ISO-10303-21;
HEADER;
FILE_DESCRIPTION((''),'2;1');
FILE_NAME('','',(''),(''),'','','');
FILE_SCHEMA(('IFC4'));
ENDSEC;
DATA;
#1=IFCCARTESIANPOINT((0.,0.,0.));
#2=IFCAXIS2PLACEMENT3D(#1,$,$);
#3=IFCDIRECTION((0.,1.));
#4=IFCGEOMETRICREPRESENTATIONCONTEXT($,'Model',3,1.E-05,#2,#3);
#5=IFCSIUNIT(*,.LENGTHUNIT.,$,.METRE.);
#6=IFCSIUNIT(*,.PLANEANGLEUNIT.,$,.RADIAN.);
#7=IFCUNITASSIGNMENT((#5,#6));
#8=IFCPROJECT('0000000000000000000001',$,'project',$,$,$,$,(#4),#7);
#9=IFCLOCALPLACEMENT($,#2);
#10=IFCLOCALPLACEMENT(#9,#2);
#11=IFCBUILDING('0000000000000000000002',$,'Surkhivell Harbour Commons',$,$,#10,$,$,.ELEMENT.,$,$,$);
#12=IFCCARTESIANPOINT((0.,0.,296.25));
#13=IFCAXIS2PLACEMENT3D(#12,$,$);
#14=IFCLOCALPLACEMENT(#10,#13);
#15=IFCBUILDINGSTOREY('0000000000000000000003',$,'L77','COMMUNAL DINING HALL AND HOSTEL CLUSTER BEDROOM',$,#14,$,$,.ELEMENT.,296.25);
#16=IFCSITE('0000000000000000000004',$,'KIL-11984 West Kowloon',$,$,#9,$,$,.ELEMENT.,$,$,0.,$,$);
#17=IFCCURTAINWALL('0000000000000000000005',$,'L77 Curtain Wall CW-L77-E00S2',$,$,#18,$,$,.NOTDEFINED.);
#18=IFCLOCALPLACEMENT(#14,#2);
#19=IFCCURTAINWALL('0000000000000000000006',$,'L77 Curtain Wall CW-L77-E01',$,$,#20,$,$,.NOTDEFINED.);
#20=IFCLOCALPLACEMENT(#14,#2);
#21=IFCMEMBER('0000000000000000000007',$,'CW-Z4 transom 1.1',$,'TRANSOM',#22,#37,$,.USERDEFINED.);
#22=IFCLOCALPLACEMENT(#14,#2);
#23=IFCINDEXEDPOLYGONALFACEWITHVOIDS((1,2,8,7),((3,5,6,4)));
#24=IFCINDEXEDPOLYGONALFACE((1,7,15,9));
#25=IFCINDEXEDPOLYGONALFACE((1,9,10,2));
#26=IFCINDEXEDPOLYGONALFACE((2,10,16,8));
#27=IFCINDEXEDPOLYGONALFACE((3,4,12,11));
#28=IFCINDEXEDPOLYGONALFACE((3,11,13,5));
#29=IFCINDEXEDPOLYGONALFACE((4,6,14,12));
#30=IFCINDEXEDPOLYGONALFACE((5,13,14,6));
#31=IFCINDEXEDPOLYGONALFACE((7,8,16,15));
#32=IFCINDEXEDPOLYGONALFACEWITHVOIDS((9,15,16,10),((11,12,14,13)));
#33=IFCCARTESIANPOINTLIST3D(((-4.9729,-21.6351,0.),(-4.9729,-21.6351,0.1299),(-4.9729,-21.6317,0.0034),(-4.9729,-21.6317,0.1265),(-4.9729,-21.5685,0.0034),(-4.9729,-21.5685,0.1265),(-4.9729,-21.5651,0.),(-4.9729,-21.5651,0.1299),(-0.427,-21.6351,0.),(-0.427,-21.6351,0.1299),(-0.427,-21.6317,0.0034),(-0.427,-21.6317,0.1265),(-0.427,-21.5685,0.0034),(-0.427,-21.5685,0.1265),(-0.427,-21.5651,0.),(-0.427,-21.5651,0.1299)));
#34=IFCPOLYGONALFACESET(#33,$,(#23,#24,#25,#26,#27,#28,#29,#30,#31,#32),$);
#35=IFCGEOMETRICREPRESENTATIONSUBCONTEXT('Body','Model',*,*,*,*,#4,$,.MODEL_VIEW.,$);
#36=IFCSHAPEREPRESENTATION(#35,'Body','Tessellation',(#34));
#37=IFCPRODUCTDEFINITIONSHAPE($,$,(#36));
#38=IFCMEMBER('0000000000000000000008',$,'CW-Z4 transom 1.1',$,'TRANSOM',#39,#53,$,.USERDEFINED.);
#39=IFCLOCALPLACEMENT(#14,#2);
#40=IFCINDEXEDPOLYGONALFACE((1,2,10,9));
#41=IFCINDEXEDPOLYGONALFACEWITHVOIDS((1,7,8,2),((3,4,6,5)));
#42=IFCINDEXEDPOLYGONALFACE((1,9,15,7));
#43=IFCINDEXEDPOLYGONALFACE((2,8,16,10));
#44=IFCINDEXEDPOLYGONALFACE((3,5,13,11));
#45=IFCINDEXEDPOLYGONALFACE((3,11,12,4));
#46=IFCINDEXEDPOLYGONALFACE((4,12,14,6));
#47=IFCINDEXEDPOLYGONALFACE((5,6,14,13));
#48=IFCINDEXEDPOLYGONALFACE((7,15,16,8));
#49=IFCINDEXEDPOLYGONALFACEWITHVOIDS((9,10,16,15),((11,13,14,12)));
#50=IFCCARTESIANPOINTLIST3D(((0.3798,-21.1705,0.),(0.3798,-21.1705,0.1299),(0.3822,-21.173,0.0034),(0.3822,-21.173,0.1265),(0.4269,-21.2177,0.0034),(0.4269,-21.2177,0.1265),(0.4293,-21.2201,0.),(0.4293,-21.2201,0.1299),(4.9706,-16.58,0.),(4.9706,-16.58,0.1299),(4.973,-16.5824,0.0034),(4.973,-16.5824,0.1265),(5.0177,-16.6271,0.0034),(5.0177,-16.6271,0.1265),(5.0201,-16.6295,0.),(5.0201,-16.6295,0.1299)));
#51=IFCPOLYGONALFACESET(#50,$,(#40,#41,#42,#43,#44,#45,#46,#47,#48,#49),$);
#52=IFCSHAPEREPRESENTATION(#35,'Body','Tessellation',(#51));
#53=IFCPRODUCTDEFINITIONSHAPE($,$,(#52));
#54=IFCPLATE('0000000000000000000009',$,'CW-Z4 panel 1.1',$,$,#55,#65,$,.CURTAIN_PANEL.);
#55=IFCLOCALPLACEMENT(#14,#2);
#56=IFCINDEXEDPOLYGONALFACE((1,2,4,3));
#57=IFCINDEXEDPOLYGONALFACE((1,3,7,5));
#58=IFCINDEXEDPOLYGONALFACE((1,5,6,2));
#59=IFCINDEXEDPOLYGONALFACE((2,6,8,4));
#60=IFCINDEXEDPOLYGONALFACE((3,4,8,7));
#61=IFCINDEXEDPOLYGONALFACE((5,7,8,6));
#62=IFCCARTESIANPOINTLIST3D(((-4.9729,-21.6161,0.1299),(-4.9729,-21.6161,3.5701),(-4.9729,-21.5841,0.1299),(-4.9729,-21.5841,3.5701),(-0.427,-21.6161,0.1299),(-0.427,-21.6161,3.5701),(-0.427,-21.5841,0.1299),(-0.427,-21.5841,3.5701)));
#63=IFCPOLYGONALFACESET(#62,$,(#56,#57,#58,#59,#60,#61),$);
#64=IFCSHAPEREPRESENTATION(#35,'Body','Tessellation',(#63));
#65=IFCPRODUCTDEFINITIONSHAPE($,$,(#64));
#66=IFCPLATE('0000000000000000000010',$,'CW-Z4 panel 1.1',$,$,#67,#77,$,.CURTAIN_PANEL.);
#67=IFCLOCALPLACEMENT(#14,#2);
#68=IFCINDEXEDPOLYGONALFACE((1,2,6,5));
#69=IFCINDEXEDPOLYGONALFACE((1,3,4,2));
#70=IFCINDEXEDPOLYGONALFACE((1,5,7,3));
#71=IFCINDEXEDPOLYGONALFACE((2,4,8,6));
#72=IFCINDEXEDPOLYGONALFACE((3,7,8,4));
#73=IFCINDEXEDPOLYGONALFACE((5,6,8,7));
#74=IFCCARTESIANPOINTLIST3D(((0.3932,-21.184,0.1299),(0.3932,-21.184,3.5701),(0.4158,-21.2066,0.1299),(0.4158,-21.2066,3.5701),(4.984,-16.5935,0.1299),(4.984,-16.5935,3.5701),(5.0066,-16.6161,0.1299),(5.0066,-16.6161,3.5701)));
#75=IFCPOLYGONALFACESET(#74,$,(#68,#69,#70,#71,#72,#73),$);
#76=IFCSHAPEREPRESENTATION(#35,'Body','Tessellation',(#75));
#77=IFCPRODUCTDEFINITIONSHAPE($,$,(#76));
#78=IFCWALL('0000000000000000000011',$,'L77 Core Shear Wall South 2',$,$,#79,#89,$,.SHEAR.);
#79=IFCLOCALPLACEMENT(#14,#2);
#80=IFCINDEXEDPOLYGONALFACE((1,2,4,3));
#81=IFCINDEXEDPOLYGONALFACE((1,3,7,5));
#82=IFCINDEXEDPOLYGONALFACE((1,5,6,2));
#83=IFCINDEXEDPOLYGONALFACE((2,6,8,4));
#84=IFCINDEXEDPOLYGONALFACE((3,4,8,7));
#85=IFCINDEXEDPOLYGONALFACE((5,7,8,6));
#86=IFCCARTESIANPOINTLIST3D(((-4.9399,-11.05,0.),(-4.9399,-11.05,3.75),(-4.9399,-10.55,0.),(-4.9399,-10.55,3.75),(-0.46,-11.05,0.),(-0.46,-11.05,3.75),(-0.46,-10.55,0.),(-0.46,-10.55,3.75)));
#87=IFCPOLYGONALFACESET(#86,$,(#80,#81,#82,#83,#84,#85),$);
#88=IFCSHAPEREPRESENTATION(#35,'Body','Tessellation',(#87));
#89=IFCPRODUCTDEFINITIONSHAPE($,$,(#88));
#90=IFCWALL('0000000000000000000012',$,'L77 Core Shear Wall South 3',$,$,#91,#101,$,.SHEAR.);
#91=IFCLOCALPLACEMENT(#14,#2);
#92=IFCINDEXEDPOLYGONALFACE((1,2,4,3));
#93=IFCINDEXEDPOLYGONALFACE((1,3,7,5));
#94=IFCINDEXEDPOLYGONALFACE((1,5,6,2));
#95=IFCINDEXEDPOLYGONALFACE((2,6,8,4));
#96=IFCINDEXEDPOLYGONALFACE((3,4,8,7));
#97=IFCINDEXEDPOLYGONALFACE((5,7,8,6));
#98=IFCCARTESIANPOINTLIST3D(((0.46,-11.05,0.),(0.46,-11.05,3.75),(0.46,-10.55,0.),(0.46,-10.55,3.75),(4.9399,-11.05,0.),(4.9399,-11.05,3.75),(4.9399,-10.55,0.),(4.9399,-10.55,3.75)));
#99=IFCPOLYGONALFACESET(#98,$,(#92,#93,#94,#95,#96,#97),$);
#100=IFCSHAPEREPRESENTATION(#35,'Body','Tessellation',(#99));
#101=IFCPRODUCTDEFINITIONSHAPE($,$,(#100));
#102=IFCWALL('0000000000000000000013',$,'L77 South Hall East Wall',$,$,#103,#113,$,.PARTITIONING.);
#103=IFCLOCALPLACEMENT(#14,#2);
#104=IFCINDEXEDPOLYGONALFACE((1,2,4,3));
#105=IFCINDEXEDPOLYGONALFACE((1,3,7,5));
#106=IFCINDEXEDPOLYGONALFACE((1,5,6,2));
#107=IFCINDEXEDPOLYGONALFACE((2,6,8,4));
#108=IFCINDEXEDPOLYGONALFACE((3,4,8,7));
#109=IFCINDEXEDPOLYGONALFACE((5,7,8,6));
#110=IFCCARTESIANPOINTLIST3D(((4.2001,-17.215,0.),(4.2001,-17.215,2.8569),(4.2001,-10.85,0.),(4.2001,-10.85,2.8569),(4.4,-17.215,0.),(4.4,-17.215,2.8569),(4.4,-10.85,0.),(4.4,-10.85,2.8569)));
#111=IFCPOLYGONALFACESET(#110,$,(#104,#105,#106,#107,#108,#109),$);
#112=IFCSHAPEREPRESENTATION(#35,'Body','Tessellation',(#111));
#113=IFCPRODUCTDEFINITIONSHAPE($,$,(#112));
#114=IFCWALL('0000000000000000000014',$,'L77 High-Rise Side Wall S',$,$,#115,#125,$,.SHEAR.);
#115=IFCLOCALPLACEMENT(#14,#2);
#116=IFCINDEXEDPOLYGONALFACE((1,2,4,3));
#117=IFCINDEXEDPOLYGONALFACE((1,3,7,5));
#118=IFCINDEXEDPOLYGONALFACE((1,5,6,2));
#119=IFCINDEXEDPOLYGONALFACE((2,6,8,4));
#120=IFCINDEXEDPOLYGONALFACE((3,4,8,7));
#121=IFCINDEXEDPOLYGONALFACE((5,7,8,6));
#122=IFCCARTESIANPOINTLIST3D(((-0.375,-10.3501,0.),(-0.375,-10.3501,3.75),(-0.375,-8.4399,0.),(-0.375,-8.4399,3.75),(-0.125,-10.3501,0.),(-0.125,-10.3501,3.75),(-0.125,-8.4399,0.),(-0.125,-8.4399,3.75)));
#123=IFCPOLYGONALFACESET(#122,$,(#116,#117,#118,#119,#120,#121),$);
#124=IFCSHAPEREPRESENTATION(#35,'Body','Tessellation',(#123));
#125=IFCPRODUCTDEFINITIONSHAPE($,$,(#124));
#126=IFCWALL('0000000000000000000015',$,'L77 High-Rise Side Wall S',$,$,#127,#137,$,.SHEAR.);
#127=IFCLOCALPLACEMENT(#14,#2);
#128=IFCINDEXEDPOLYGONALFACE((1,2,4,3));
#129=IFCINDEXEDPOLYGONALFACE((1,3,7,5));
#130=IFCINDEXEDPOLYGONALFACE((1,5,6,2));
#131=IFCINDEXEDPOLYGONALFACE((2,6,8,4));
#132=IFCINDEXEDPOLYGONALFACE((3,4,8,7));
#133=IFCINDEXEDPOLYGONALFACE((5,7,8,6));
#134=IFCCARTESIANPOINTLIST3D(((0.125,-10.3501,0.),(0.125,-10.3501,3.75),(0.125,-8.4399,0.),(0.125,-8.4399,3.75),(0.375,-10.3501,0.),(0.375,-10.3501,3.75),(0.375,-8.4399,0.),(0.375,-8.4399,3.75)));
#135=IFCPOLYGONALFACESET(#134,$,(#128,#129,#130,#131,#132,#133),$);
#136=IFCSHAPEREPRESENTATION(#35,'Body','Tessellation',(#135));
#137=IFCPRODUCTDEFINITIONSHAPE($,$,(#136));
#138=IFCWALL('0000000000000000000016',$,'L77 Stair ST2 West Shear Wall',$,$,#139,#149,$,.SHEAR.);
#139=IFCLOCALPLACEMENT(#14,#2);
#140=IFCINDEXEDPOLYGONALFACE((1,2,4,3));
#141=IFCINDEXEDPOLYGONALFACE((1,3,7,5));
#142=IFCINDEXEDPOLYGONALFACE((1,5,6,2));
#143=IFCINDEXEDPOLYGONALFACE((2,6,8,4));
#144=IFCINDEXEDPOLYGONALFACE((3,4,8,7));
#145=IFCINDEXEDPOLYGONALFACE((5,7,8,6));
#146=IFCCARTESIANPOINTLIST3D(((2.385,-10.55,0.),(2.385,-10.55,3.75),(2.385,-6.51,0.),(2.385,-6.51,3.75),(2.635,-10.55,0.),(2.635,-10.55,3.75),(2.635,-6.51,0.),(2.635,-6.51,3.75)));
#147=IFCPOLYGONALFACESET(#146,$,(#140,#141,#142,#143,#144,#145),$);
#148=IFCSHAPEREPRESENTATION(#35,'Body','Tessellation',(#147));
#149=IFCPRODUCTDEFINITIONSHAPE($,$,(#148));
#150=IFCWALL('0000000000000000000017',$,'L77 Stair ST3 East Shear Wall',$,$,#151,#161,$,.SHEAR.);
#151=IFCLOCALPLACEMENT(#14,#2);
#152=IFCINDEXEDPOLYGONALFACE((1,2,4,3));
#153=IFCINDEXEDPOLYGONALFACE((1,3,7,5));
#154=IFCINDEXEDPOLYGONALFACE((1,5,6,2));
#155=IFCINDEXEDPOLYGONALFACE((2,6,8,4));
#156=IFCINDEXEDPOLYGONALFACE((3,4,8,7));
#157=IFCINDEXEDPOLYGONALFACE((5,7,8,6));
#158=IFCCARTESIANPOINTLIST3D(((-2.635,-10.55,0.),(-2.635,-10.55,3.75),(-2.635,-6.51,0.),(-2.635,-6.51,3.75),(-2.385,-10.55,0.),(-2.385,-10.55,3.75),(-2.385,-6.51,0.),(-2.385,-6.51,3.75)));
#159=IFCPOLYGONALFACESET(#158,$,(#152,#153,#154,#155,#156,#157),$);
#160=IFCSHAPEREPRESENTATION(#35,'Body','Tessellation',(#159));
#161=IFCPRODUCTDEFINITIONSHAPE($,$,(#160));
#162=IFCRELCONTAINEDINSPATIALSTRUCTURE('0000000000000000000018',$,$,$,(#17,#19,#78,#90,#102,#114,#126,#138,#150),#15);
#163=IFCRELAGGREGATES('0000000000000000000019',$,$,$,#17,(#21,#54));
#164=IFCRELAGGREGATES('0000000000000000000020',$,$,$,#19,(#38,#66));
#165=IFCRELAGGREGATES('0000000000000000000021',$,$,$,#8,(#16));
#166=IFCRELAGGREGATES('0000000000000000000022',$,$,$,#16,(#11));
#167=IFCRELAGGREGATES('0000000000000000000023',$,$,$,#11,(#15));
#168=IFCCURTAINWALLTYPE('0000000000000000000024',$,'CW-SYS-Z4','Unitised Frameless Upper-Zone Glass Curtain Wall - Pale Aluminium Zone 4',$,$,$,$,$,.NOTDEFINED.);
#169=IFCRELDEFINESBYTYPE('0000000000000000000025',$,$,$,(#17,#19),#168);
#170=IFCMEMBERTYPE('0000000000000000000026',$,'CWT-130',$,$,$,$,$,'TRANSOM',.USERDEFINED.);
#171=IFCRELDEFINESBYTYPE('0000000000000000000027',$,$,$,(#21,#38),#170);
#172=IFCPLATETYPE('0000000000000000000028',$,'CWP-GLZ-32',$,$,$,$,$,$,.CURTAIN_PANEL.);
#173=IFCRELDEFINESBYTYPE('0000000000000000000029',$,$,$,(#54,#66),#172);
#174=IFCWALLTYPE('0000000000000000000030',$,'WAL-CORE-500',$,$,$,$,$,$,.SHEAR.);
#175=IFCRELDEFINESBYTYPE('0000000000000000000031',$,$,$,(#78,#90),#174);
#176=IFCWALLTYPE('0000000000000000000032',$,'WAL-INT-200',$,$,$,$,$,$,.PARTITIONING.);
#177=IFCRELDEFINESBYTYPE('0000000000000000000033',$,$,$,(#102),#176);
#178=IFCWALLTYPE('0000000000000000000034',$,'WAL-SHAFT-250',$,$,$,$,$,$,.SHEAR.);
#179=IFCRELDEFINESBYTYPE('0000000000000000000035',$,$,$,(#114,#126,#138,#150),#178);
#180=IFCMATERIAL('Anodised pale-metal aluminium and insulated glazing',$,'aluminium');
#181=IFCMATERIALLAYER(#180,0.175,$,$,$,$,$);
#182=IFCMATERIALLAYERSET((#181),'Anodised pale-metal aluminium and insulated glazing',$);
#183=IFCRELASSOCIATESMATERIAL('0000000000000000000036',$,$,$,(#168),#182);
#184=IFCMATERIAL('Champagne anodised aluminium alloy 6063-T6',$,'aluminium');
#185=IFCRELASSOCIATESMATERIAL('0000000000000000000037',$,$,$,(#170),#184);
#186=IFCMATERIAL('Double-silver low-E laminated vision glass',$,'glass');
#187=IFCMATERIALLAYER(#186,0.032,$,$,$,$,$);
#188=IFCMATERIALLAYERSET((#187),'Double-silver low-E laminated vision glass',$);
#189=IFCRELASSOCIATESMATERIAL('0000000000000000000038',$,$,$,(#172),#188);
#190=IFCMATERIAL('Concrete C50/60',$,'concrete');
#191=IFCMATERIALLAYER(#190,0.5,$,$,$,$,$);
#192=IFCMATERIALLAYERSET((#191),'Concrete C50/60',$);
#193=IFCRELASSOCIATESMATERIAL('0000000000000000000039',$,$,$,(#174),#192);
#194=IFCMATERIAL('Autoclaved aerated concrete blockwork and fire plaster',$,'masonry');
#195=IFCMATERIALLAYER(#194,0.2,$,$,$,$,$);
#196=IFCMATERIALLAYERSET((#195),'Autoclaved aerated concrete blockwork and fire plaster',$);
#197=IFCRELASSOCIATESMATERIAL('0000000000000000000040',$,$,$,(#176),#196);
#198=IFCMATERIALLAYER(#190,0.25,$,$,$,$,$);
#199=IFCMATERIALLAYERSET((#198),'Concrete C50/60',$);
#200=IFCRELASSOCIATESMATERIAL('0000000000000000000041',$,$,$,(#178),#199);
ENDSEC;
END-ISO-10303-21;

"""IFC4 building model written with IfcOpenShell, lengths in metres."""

from ifc_helpers import new_model, si_unit, direction, frame, frame_2d, origin, origin_2d, place, context, subcontext, project, spatial, rectangle, hollow_rectangle, extrude, material, layer, layer_set, material_profile, profile_set, type_object, element, aggregate, save


model = new_model("IFC4")

# Units and contexts
model_context = context("Model", 3, precision=1e-05, world=origin(), true_north=direction((0.0, 1.0)))
body_context = subcontext(model_context, "Body", "Model", "MODEL_VIEW")
ifc_project = project(units=[si_unit("LENGTHUNIT", "METRE"), si_unit("PLANEANGLEUNIT", "RADIAN")], contexts=[model_context])

# Site, building, storey
site_placement = place(None, origin())
site = spatial("IfcSite", under=ifc_project, at=site_placement, Name="KIL-11984 West Kowloon", CompositionType="ELEMENT", RefElevation=0.0)
building_placement = place(site_placement, origin())
building = spatial("IfcBuilding", under=site, at=building_placement, Name="Surkhivell Harbour Commons", CompositionType="ELEMENT")
storey_placement = place(building_placement, frame((0.0, 0.0, 296.25)))
storey = spatial("IfcBuildingStorey", under=building, at=storey_placement, Name="L77", Description="COMMUNAL DINING HALL AND HOSTEL CLUSTER BEDROOM", CompositionType="ELEMENT", Elevation=296.25)

# Shared definitions
ifc_material_1 = material(Name="Concrete C50/60", Category="concrete")

# Curtain wall
ifc_material_2 = material(Name="Anodised pale-metal aluminium and insulated glazing", Category="aluminium")
ifc_layer_1 = layer(ifc_material_2, 0.175)
ifc_layer_set_1 = layer_set([ifc_layer_1], Name="Anodised pale-metal aluminium and insulated glazing")
curtain_wall_type = type_object("IfcCurtainWallType", Name="CW-SYS-Z4", Description="Unitised Frameless Upper-Zone Glass Curtain Wall - Pale Aluminium Zone 4", PredefinedType="NOTDEFINED", material=ifc_layer_set_1)
curtain_wall_1_placement = place(storey_placement, origin())
curtain_wall_1 = element("IfcCurtainWall", 1, at=curtain_wall_1_placement, inside=storey, type_object=curtain_wall_type, Name="L77 Curtain Wall CW-L77-E00S2", PredefinedType="NOTDEFINED")

# Curtain wall
curtain_wall_2_placement = place(storey_placement, origin())
curtain_wall_2 = element("IfcCurtainWall", 2, at=curtain_wall_2_placement, inside=storey, type_object=curtain_wall_type, Name="L77 Curtain Wall CW-L77-E01", PredefinedType="NOTDEFINED")

# Members
ifc_material_3 = material(Name="Champagne anodised aluminium alloy 6063-T6", Category="aluminium")
ifc_material_profile_1 = material_profile(ifc_material_3, hollow_rectangle(XDim=0.0701, YDim=0.1299, WallThickness=0.0034, at=origin_2d()), Name="ALU-TRAN-70x130")
ifc_profile_set_1 = profile_set([ifc_material_profile_1], Name="Champagne anodised aluminium alloy 6063-T6")
member_type_1 = type_object("IfcMemberType", Name="CWT-130", ElementType="TRANSOM", PredefinedType="USERDEFINED", material=ifc_profile_set_1)
member_1_placement = place(storey_placement, frame((-4.9729, -21.6001, 0.0649), z_axis=(1.0, 0.0, 0.0), x_axis=(0.0, 1.0, 0.0)))
member_1 = element("IfcMember", 3, at=member_1_placement, type_object=member_type_1, Name="CW-Z4 transom 1.1", ObjectType="TRANSOM", PredefinedType="USERDEFINED", context=body_context, shape_type="SweptSolid", body=[
    extrude(hollow_rectangle(XDim=0.0701, YDim=0.1299, WallThickness=0.0034, at=origin_2d()), origin(), (0.0, 0.0, 1.0), 4.5459),
])
member_2_placement = place(storey_placement, frame((0.4045, -21.1953, 0.0649), z_axis=(0.707126, 0.707088, 0.0), x_axis=(-0.707088, 0.707126, 0.0)))
member_2 = element("IfcMember", 4, at=member_2_placement, type_object=member_type_1, Name="CW-Z4 transom 1.1", ObjectType="TRANSOM", PredefinedType="USERDEFINED", context=body_context, shape_type="SweptSolid", body=[
    extrude(hollow_rectangle(XDim=0.0701, YDim=0.1299, WallThickness=0.0034, at=origin_2d()), origin(), (0.0, 0.0, 1.0), 6.4922),
])

# Plates
ifc_material_4 = material(Name="Double-silver low-E laminated vision glass", Category="glass")
ifc_layer_2 = layer(ifc_material_4, 0.032)
ifc_layer_set_2 = layer_set([ifc_layer_2], Name="Double-silver low-E laminated vision glass")
plate_type = type_object("IfcPlateType", Name="CWP-GLZ-32", PredefinedType="CURTAIN_PANEL", material=ifc_layer_set_2)
plate_1_placement = place(storey_placement, frame((-4.9729, -21.6001, 0.1299), z_axis=(0.0, 0.0, 1.0), x_axis=(1.0, 0.0, 0.0)))
plate_1 = element("IfcPlate", 5, at=plate_1_placement, type_object=plate_type, Name="CW-Z4 panel 1.1", PredefinedType="CURTAIN_PANEL", context=body_context, shape_type="SweptSolid", body=[
    extrude(rectangle(XDim=4.5459, YDim=0.032, at=frame_2d((2.2729, 0.0))), origin(), (0.0, 0.0, 1.0), 3.4402),
])
aggregate(curtain_wall_1, [member_1, plate_1])
plate_2_placement = place(storey_placement, frame((0.4045, -21.1953, 0.1299), z_axis=(0.0, 0.0, 1.0), x_axis=(0.707126, 0.707088, 0.0)))
plate_2 = element("IfcPlate", 6, at=plate_2_placement, type_object=plate_type, Name="CW-Z4 panel 1.1", PredefinedType="CURTAIN_PANEL", context=body_context, shape_type="SweptSolid", body=[
    extrude(rectangle(XDim=6.4922, YDim=0.032, at=frame_2d((3.2461, 0.0))), origin(), (0.0, 0.0, 1.0), 3.4402),
])
aggregate(curtain_wall_2, [member_2, plate_2])

# Walls
ifc_layer_3 = layer(ifc_material_1, 0.5)
ifc_layer_set_3 = layer_set([ifc_layer_3], Name="Concrete C50/60")
wall_type_1 = type_object("IfcWallType", Name="WAL-CORE-500", PredefinedType="SHEAR", material=ifc_layer_set_3)
for number, where, z_axis, x_axis, name in (
    (7, (-4.9399, -10.8, 0.0), (0.0, 0.0, 1.0), (1.0, 0.0, 0.0), "L77 Core Shear Wall South 2"),
    (8, (0.46, -10.8, 0.0), (0.0, 0.0, 1.0), (1.0, 0.0, 0.0), "L77 Core Shear Wall South 3"),
):
    element("IfcWall", number, at=place(storey_placement, frame(where, z_axis=z_axis, x_axis=x_axis)), inside=storey, type_object=wall_type_1, Name=name, PredefinedType="SHEAR", context=body_context, shape_type="SweptSolid", body=[
        extrude(rectangle(XDim=4.48, YDim=0.5, at=frame_2d((2.24, 0.0))), origin(), (0.0, 0.0, 1.0), 3.75),
    ])
ifc_material_5 = material(Name="Autoclaved aerated concrete blockwork and fire plaster", Category="masonry")
ifc_layer_4 = layer(ifc_material_5, 0.2)
ifc_layer_set_4 = layer_set([ifc_layer_4], Name="Autoclaved aerated concrete blockwork and fire plaster")
wall_type_2 = type_object("IfcWallType", Name="WAL-INT-200", PredefinedType="PARTITIONING", material=ifc_layer_set_4)
wall_placement = place(storey_placement, frame((4.3, -17.2151, 0.0), z_axis=(0.0, 0.0, 1.0), x_axis=(0.0, 1.0, 0.0)))
element("IfcWall", 9, at=wall_placement, inside=storey, type_object=wall_type_2, Name="L77 South Hall East Wall", PredefinedType="PARTITIONING", context=body_context, shape_type="SweptSolid", body=[
    extrude(rectangle(XDim=6.365, YDim=0.2, at=frame_2d((3.1826, 0.0))), origin(), (0.0, 0.0, 1.0), 2.8569),
])
ifc_layer_5 = layer(ifc_material_1, 0.25)
ifc_layer_set_5 = layer_set([ifc_layer_5], Name="Concrete C50/60")
wall_type_3 = type_object("IfcWallType", Name="WAL-SHAFT-250", PredefinedType="SHEAR", material=ifc_layer_set_5)
for number, where, z_axis, x_axis, name in (
    (10, (-0.25, -10.3501, 0.0), (0.0, 0.0, 1.0), (0.0, 1.0, 0.0), "L77 High-Rise Side Wall S"),
    (11, (0.25, -10.3501, 0.0), (0.0, 0.0, 1.0), (0.0, 1.0, 0.0), "L77 High-Rise Side Wall S"),
):
    element("IfcWall", number, at=place(storey_placement, frame(where, z_axis=z_axis, x_axis=x_axis)), inside=storey, type_object=wall_type_3, Name=name, PredefinedType="SHEAR", context=body_context, shape_type="SweptSolid", body=[
        extrude(rectangle(XDim=1.9102, YDim=0.25, at=frame_2d((0.9551, 0.0))), origin(), (0.0, 0.0, 1.0), 3.75),
    ])
for number, where, z_axis, x_axis, name in (
    (12, (2.51, -10.55, 0.0), (0.0, 0.0, 1.0), (0.0, 1.0, 0.0), "L77 Stair ST2 West Shear Wall"),
    (13, (-2.51, -10.55, 0.0), (0.0, 0.0, 1.0), (0.0, 1.0, 0.0), "L77 Stair ST3 East Shear Wall"),
):
    element("IfcWall", number, at=place(storey_placement, frame(where, z_axis=z_axis, x_axis=x_axis)), inside=storey, type_object=wall_type_3, Name=name, PredefinedType="SHEAR", context=body_context, shape_type="SweptSolid", body=[
        extrude(rectangle(XDim=4.04, YDim=0.25, at=frame_2d((2.02, 0.0))), origin(), (0.0, 0.0, 1.0), 3.75),
    ])

save(model, "model.ifc")
